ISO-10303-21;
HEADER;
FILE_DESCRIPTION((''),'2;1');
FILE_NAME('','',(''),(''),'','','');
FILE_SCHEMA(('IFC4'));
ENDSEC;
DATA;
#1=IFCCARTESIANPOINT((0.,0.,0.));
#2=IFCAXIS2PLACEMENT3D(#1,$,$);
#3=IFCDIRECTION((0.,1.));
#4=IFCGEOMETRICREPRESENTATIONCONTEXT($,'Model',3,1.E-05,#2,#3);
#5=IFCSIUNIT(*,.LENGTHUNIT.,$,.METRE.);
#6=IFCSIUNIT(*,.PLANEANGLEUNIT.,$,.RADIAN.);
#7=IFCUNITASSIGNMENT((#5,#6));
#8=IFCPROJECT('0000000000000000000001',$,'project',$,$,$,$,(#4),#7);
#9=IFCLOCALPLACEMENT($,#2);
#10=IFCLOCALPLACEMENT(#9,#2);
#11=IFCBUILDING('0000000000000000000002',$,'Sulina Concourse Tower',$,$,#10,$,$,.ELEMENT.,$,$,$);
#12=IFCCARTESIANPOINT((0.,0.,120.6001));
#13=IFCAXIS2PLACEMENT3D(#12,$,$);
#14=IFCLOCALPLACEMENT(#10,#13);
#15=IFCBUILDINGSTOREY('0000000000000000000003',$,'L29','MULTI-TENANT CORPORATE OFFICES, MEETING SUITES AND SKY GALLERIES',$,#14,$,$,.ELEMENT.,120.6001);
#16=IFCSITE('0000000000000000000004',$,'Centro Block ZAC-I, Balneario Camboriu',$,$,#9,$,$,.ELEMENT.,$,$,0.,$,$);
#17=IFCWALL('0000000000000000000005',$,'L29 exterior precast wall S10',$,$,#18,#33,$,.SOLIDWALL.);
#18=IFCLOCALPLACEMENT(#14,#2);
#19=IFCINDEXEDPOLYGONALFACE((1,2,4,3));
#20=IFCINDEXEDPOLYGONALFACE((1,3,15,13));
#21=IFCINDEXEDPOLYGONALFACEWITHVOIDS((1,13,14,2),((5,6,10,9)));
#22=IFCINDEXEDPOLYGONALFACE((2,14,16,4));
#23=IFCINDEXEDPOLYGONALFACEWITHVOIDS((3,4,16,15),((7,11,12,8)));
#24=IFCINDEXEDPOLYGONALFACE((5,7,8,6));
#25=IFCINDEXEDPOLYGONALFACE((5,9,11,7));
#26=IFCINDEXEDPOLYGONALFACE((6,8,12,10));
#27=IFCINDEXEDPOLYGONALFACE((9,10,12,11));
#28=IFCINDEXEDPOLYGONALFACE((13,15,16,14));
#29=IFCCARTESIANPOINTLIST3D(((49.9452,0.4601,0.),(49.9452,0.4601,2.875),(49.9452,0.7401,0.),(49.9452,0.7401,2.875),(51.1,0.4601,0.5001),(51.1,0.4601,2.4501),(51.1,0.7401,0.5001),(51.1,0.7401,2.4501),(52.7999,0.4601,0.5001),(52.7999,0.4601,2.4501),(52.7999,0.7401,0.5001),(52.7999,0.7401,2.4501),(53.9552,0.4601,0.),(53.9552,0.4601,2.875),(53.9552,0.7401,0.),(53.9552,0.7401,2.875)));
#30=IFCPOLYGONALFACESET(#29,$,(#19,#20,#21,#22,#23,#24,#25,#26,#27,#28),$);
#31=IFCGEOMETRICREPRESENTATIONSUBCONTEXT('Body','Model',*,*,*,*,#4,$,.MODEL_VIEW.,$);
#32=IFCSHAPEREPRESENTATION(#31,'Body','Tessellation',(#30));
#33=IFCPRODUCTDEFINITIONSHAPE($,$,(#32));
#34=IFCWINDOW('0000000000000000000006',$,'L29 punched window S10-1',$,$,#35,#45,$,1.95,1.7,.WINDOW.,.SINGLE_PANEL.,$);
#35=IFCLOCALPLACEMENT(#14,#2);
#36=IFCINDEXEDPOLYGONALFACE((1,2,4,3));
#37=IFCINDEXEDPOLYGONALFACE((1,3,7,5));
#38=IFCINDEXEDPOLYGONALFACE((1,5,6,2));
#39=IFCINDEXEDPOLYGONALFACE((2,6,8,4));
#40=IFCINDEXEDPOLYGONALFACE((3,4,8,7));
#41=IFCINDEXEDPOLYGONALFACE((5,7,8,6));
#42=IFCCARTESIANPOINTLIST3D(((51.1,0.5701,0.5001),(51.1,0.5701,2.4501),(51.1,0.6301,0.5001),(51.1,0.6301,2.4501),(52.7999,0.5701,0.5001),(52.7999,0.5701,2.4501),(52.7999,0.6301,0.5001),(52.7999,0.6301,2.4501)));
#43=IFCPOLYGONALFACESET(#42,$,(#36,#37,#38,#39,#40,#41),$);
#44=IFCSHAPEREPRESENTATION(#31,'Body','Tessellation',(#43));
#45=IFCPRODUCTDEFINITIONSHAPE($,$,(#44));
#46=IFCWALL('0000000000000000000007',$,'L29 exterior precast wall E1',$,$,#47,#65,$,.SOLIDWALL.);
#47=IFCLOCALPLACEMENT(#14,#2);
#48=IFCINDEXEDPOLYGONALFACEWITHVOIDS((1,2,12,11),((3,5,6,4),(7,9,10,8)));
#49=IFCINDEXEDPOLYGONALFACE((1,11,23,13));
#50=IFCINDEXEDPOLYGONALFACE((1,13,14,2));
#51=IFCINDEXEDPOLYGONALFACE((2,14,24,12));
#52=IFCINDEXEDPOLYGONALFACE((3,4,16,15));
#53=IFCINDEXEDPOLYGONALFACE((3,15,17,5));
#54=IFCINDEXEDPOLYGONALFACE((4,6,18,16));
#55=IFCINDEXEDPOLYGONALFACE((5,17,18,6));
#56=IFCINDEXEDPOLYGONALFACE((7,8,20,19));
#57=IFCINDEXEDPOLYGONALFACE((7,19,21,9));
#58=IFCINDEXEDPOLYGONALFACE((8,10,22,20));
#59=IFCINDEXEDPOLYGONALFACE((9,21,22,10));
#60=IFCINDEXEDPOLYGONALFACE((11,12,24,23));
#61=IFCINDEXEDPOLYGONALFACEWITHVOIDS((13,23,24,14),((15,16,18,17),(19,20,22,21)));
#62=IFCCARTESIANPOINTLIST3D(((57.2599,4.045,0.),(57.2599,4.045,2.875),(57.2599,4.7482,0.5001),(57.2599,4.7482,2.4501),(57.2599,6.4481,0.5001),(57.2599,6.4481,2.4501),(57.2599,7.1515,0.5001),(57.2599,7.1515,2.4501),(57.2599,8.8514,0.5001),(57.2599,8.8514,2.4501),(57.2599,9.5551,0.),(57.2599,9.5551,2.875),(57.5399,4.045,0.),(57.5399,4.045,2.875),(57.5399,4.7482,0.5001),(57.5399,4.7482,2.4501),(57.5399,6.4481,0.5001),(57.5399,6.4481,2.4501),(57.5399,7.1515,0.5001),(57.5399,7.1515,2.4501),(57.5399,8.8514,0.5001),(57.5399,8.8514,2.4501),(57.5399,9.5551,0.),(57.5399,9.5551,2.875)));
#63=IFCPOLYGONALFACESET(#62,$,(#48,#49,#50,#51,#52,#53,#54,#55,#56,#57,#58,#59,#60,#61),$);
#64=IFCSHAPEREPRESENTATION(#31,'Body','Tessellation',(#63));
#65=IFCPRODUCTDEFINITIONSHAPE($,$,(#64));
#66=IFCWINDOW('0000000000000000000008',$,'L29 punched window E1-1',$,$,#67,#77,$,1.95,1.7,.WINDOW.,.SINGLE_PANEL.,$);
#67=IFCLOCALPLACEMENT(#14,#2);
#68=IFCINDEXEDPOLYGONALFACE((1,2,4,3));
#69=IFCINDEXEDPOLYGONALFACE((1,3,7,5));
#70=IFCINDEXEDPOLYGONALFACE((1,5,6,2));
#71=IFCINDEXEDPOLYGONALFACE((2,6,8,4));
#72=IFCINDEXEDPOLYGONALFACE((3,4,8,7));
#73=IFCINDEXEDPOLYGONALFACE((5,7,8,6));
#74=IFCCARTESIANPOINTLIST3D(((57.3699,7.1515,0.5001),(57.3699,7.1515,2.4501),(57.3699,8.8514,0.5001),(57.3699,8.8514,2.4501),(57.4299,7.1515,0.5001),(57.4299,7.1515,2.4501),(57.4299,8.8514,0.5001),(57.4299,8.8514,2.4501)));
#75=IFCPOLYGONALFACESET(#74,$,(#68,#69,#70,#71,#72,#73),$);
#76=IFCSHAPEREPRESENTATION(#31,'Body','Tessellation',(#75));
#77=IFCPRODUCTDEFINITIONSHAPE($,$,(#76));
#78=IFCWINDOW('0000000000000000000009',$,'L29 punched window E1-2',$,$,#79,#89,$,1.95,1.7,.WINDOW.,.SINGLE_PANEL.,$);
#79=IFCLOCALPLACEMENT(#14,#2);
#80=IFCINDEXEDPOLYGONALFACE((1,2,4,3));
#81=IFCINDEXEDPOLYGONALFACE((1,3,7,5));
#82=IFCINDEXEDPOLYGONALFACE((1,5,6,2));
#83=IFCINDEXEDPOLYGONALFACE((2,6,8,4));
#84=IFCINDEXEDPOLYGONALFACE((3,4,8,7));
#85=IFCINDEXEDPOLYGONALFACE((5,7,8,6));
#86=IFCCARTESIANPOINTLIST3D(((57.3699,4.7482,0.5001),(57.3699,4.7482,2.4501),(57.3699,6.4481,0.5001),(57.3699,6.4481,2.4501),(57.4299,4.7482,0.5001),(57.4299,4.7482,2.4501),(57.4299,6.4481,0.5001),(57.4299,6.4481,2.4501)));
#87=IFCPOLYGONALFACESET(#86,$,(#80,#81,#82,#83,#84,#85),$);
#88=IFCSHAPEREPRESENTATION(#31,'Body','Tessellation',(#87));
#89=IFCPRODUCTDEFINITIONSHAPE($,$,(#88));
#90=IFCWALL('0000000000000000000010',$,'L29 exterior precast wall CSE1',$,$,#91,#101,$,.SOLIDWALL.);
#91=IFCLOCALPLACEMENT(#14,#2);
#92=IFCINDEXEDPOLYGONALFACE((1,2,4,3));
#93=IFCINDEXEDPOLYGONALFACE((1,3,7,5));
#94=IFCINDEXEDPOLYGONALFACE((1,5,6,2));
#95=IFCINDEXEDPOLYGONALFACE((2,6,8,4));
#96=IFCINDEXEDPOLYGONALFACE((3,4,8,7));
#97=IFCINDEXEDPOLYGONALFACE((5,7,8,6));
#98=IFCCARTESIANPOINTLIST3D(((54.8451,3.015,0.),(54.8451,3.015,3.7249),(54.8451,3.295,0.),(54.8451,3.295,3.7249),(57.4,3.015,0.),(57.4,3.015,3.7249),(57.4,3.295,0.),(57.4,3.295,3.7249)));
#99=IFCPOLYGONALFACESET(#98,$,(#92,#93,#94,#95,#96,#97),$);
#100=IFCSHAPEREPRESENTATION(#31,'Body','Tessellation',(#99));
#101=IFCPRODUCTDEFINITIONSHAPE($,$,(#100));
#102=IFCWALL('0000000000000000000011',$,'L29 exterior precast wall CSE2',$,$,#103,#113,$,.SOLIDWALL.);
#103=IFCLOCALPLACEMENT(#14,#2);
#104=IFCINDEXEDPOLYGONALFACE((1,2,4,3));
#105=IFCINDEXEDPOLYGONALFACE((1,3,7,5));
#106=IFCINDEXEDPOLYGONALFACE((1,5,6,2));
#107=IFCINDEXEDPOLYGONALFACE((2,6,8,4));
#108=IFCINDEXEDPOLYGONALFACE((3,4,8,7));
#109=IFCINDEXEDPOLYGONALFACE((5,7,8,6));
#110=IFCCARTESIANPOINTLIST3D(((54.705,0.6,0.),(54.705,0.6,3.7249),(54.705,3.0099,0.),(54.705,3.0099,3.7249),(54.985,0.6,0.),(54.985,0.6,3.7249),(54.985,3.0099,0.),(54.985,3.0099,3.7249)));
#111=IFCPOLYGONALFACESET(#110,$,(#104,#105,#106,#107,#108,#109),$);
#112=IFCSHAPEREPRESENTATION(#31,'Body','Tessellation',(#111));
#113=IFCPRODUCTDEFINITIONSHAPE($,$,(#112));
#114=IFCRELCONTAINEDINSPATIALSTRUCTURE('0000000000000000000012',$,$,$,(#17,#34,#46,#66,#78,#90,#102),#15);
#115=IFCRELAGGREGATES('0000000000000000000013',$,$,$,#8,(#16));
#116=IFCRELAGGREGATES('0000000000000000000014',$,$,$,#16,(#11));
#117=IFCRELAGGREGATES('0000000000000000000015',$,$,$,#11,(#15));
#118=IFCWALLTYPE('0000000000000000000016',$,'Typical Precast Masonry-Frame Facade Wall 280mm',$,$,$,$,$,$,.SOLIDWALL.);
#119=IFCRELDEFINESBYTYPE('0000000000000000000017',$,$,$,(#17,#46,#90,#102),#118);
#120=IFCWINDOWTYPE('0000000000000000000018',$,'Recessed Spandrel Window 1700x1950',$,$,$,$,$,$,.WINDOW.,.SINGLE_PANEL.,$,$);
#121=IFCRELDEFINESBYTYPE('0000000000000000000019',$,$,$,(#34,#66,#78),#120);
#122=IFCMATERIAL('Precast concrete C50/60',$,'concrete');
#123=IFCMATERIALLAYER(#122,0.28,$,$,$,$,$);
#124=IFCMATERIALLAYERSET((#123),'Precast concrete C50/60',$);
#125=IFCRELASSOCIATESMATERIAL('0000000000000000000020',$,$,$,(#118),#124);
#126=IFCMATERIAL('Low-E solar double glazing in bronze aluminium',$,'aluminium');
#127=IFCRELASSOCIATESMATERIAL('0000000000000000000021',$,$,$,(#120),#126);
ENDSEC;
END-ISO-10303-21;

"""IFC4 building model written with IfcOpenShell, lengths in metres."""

from ifc_helpers import new_model, si_unit, direction, frame, frame_2d, origin, place, context, subcontext, project, spatial, rectangle, extrude, material, layer, layer_set, type_object, element, fill, save


model = new_model("IFC4")

# Units and contexts
model_context = context("Model", 3, precision=1e-05, world=origin(), true_north=direction((0.0, 1.0)))
body_context = subcontext(model_context, "Body", "Model", "MODEL_VIEW")
ifc_project = project(units=[si_unit("LENGTHUNIT", "METRE"), si_unit("PLANEANGLEUNIT", "RADIAN")], contexts=[model_context])

# Site, building, storey
site_placement = place(None, origin())
site = spatial("IfcSite", under=ifc_project, at=site_placement, Name="Centro Block ZAC-I, Balneario Camboriu", CompositionType="ELEMENT", RefElevation=0.0)
building_placement = place(site_placement, origin())
building = spatial("IfcBuilding", under=site, at=building_placement, Name="Sulina Concourse Tower", CompositionType="ELEMENT")
storey_placement = place(building_placement, frame((0.0, 0.0, 120.6001)))
storey = spatial("IfcBuildingStorey", under=building, at=storey_placement, Name="L29", Description="MULTI-TENANT CORPORATE OFFICES, MEETING SUITES AND SKY GALLERIES", CompositionType="ELEMENT", Elevation=120.6001)

# Shared definitions
ifc_material_1 = material(Name="Precast concrete C50/60", Category="concrete")
ifc_layer_1 = layer(ifc_material_1, 0.28)
ifc_layer_set_1 = layer_set([ifc_layer_1], Name="Precast concrete C50/60")
wall_type_1 = type_object("IfcWallType", Name="Typical Precast Masonry-Frame Facade Wall 280mm", PredefinedType="SOLIDWALL", material=ifc_layer_set_1)

# Wall, opening, window
wall_1_placement = place(storey_placement, frame((53.9551, 0.6001, 0.0), z_axis=(0.0, 0.0, 1.0), x_axis=(-1.0, 0.0, 0.0)))
wall_1 = element("IfcWall", 1, at=wall_1_placement, inside=storey, type_object=wall_type_1, Name="L29 exterior precast wall S10", PredefinedType="SOLIDWALL", context=body_context, shape_type="SweptSolid", body=[
    extrude(rectangle(XDim=4.01, YDim=0.28, at=frame_2d((2.0049, 0.0))), origin(), (0.0, 0.0, 1.0), 2.875),
])
opening_1_placement = place(wall_1_placement, frame((1.155, 0.0, 0.5)))
opening_1 = element("IfcOpeningElement", 2, at=opening_1_placement, cuts=wall_1, PredefinedType="OPENING", context=body_context, shape_type="SweptSolid", body=[
    extrude(rectangle(XDim=1.7, YDim=1.95, at=frame_2d((0.8501, 0.9751))), frame((0.0, 0.1499, 0.0), z_axis=(0.0, -1.0, 0.0), x_axis=(1.0, 0.0, 0.0)), (0.0, 0.0, 1.0), 0.3),
])
ifc_material_2 = material(Name="Low-E solar double glazing in bronze aluminium", Category="aluminium")
window_type = type_object("IfcWindowType", Name="Recessed Spandrel Window 1700x1950", PartitioningType="SINGLE_PANEL", PredefinedType="WINDOW", material=ifc_material_2)
window_1_placement = place(opening_1_placement, origin())
window_1 = element("IfcWindow", 3, at=window_1_placement, inside=storey, type_object=window_type, Name="L29 punched window S10-1", OverallHeight=1.95, OverallWidth=1.7, PartitioningType="SINGLE_PANEL", PredefinedType="WINDOW", context=body_context, shape_type="SweptSolid", body=[
    extrude(rectangle(XDim=1.7, YDim=1.95, at=frame_2d((0.8501, 0.9751))), frame((0.0, 0.03, 0.0), z_axis=(0.0, -1.0, 0.0), x_axis=(1.0, 0.0, 0.0)), (0.0, 0.0, 1.0), 0.0601),
])
fill(opening_1, window_1)

# Wall, openings, windows
wall_2_placement = place(storey_placement, frame((57.3999, 9.5549, 0.0), z_axis=(0.0, 0.0, 1.0), x_axis=(0.0, -1.0, 0.0)))
wall_2 = element("IfcWall", 4, at=wall_2_placement, inside=storey, type_object=wall_type_1, Name="L29 exterior precast wall E1", PredefinedType="SOLIDWALL", context=body_context, shape_type="SweptSolid", body=[
    extrude(rectangle(XDim=5.51, YDim=0.28, at=frame_2d((2.7549, 0.0))), origin(), (0.0, 0.0, 1.0), 2.875),
])
opening_2_placement = place(wall_2_placement, frame((0.7034, 0.0, 0.5)))
opening_2 = element("IfcOpeningElement", 5, at=opening_2_placement, cuts=wall_2, PredefinedType="OPENING", context=body_context, shape_type="SweptSolid", body=[
    extrude(rectangle(XDim=1.7, YDim=1.95, at=frame_2d((0.8501, 0.9751))), frame((0.0, 0.1499, 0.0), z_axis=(0.0, -1.0, 0.0), x_axis=(1.0, 0.0, 0.0)), (0.0, 0.0, 1.0), 0.3),
])
opening_3_placement = place(wall_2_placement, frame((3.1067, 0.0, 0.5)))
opening_3 = element("IfcOpeningElement", 6, at=opening_3_placement, cuts=wall_2, PredefinedType="OPENING", context=body_context, shape_type="SweptSolid", body=[
    extrude(rectangle(XDim=1.7, YDim=1.95, at=frame_2d((0.8501, 0.9751))), frame((0.0, 0.1499, 0.0), z_axis=(0.0, -1.0, 0.0), x_axis=(1.0, 0.0, 0.0)), (0.0, 0.0, 1.0), 0.3),
])
window_2_placement = place(opening_2_placement, origin())
window_2 = element("IfcWindow", 7, at=window_2_placement, inside=storey, type_object=window_type, Name="L29 punched window E1-1", OverallHeight=1.95, OverallWidth=1.7, PartitioningType="SINGLE_PANEL", PredefinedType="WINDOW", context=body_context, shape_type="SweptSolid", body=[
    extrude(rectangle(XDim=1.7, YDim=1.95, at=frame_2d((0.8501, 0.9751))), frame((0.0, 0.03, 0.0), z_axis=(0.0, -1.0, 0.0), x_axis=(1.0, 0.0, 0.0)), (0.0, 0.0, 1.0), 0.0601),
])
fill(opening_2, window_2)
window_3_placement = place(opening_3_placement, origin())
window_3 = element("IfcWindow", 8, at=window_3_placement, inside=storey, type_object=window_type, Name="L29 punched window E1-2", OverallHeight=1.95, OverallWidth=1.7, PartitioningType="SINGLE_PANEL", PredefinedType="WINDOW", context=body_context, shape_type="SweptSolid", body=[
    extrude(rectangle(XDim=1.7, YDim=1.95, at=frame_2d((0.8501, 0.9751))), frame((0.0, 0.03, 0.0), z_axis=(0.0, -1.0, 0.0), x_axis=(1.0, 0.0, 0.0)), (0.0, 0.0, 1.0), 0.0601),
])
fill(opening_3, window_3)

# Walls
wall_3_placement = place(storey_placement, frame((57.3999, 3.155, 0.0), z_axis=(0.0, 0.0, 1.0), x_axis=(-1.0, 0.0, 0.0)))
element("IfcWall", 9, at=wall_3_placement, inside=storey, type_object=wall_type_1, Name="L29 exterior precast wall CSE1", PredefinedType="SOLIDWALL", context=body_context, shape_type="SweptSolid", body=[
    extrude(rectangle(XDim=2.5549, YDim=0.28, at=frame_2d((1.2773, 0.0))), origin(), (0.0, 0.0, 1.0), 3.7249),
])
wall_4_placement = place(storey_placement, frame((54.845, 3.01, 0.0), z_axis=(0.0, 0.0, 1.0), x_axis=(0.0, -1.0, 0.0)))
element("IfcWall", 10, at=wall_4_placement, inside=storey, type_object=wall_type_1, Name="L29 exterior precast wall CSE2", PredefinedType="SOLIDWALL", context=body_context, shape_type="SweptSolid", body=[
    extrude(rectangle(XDim=2.4099, YDim=0.28, at=frame_2d((1.2051, 0.0))), origin(), (0.0, 0.0, 1.0), 3.7249),
])

save(model, "model.ifc")
